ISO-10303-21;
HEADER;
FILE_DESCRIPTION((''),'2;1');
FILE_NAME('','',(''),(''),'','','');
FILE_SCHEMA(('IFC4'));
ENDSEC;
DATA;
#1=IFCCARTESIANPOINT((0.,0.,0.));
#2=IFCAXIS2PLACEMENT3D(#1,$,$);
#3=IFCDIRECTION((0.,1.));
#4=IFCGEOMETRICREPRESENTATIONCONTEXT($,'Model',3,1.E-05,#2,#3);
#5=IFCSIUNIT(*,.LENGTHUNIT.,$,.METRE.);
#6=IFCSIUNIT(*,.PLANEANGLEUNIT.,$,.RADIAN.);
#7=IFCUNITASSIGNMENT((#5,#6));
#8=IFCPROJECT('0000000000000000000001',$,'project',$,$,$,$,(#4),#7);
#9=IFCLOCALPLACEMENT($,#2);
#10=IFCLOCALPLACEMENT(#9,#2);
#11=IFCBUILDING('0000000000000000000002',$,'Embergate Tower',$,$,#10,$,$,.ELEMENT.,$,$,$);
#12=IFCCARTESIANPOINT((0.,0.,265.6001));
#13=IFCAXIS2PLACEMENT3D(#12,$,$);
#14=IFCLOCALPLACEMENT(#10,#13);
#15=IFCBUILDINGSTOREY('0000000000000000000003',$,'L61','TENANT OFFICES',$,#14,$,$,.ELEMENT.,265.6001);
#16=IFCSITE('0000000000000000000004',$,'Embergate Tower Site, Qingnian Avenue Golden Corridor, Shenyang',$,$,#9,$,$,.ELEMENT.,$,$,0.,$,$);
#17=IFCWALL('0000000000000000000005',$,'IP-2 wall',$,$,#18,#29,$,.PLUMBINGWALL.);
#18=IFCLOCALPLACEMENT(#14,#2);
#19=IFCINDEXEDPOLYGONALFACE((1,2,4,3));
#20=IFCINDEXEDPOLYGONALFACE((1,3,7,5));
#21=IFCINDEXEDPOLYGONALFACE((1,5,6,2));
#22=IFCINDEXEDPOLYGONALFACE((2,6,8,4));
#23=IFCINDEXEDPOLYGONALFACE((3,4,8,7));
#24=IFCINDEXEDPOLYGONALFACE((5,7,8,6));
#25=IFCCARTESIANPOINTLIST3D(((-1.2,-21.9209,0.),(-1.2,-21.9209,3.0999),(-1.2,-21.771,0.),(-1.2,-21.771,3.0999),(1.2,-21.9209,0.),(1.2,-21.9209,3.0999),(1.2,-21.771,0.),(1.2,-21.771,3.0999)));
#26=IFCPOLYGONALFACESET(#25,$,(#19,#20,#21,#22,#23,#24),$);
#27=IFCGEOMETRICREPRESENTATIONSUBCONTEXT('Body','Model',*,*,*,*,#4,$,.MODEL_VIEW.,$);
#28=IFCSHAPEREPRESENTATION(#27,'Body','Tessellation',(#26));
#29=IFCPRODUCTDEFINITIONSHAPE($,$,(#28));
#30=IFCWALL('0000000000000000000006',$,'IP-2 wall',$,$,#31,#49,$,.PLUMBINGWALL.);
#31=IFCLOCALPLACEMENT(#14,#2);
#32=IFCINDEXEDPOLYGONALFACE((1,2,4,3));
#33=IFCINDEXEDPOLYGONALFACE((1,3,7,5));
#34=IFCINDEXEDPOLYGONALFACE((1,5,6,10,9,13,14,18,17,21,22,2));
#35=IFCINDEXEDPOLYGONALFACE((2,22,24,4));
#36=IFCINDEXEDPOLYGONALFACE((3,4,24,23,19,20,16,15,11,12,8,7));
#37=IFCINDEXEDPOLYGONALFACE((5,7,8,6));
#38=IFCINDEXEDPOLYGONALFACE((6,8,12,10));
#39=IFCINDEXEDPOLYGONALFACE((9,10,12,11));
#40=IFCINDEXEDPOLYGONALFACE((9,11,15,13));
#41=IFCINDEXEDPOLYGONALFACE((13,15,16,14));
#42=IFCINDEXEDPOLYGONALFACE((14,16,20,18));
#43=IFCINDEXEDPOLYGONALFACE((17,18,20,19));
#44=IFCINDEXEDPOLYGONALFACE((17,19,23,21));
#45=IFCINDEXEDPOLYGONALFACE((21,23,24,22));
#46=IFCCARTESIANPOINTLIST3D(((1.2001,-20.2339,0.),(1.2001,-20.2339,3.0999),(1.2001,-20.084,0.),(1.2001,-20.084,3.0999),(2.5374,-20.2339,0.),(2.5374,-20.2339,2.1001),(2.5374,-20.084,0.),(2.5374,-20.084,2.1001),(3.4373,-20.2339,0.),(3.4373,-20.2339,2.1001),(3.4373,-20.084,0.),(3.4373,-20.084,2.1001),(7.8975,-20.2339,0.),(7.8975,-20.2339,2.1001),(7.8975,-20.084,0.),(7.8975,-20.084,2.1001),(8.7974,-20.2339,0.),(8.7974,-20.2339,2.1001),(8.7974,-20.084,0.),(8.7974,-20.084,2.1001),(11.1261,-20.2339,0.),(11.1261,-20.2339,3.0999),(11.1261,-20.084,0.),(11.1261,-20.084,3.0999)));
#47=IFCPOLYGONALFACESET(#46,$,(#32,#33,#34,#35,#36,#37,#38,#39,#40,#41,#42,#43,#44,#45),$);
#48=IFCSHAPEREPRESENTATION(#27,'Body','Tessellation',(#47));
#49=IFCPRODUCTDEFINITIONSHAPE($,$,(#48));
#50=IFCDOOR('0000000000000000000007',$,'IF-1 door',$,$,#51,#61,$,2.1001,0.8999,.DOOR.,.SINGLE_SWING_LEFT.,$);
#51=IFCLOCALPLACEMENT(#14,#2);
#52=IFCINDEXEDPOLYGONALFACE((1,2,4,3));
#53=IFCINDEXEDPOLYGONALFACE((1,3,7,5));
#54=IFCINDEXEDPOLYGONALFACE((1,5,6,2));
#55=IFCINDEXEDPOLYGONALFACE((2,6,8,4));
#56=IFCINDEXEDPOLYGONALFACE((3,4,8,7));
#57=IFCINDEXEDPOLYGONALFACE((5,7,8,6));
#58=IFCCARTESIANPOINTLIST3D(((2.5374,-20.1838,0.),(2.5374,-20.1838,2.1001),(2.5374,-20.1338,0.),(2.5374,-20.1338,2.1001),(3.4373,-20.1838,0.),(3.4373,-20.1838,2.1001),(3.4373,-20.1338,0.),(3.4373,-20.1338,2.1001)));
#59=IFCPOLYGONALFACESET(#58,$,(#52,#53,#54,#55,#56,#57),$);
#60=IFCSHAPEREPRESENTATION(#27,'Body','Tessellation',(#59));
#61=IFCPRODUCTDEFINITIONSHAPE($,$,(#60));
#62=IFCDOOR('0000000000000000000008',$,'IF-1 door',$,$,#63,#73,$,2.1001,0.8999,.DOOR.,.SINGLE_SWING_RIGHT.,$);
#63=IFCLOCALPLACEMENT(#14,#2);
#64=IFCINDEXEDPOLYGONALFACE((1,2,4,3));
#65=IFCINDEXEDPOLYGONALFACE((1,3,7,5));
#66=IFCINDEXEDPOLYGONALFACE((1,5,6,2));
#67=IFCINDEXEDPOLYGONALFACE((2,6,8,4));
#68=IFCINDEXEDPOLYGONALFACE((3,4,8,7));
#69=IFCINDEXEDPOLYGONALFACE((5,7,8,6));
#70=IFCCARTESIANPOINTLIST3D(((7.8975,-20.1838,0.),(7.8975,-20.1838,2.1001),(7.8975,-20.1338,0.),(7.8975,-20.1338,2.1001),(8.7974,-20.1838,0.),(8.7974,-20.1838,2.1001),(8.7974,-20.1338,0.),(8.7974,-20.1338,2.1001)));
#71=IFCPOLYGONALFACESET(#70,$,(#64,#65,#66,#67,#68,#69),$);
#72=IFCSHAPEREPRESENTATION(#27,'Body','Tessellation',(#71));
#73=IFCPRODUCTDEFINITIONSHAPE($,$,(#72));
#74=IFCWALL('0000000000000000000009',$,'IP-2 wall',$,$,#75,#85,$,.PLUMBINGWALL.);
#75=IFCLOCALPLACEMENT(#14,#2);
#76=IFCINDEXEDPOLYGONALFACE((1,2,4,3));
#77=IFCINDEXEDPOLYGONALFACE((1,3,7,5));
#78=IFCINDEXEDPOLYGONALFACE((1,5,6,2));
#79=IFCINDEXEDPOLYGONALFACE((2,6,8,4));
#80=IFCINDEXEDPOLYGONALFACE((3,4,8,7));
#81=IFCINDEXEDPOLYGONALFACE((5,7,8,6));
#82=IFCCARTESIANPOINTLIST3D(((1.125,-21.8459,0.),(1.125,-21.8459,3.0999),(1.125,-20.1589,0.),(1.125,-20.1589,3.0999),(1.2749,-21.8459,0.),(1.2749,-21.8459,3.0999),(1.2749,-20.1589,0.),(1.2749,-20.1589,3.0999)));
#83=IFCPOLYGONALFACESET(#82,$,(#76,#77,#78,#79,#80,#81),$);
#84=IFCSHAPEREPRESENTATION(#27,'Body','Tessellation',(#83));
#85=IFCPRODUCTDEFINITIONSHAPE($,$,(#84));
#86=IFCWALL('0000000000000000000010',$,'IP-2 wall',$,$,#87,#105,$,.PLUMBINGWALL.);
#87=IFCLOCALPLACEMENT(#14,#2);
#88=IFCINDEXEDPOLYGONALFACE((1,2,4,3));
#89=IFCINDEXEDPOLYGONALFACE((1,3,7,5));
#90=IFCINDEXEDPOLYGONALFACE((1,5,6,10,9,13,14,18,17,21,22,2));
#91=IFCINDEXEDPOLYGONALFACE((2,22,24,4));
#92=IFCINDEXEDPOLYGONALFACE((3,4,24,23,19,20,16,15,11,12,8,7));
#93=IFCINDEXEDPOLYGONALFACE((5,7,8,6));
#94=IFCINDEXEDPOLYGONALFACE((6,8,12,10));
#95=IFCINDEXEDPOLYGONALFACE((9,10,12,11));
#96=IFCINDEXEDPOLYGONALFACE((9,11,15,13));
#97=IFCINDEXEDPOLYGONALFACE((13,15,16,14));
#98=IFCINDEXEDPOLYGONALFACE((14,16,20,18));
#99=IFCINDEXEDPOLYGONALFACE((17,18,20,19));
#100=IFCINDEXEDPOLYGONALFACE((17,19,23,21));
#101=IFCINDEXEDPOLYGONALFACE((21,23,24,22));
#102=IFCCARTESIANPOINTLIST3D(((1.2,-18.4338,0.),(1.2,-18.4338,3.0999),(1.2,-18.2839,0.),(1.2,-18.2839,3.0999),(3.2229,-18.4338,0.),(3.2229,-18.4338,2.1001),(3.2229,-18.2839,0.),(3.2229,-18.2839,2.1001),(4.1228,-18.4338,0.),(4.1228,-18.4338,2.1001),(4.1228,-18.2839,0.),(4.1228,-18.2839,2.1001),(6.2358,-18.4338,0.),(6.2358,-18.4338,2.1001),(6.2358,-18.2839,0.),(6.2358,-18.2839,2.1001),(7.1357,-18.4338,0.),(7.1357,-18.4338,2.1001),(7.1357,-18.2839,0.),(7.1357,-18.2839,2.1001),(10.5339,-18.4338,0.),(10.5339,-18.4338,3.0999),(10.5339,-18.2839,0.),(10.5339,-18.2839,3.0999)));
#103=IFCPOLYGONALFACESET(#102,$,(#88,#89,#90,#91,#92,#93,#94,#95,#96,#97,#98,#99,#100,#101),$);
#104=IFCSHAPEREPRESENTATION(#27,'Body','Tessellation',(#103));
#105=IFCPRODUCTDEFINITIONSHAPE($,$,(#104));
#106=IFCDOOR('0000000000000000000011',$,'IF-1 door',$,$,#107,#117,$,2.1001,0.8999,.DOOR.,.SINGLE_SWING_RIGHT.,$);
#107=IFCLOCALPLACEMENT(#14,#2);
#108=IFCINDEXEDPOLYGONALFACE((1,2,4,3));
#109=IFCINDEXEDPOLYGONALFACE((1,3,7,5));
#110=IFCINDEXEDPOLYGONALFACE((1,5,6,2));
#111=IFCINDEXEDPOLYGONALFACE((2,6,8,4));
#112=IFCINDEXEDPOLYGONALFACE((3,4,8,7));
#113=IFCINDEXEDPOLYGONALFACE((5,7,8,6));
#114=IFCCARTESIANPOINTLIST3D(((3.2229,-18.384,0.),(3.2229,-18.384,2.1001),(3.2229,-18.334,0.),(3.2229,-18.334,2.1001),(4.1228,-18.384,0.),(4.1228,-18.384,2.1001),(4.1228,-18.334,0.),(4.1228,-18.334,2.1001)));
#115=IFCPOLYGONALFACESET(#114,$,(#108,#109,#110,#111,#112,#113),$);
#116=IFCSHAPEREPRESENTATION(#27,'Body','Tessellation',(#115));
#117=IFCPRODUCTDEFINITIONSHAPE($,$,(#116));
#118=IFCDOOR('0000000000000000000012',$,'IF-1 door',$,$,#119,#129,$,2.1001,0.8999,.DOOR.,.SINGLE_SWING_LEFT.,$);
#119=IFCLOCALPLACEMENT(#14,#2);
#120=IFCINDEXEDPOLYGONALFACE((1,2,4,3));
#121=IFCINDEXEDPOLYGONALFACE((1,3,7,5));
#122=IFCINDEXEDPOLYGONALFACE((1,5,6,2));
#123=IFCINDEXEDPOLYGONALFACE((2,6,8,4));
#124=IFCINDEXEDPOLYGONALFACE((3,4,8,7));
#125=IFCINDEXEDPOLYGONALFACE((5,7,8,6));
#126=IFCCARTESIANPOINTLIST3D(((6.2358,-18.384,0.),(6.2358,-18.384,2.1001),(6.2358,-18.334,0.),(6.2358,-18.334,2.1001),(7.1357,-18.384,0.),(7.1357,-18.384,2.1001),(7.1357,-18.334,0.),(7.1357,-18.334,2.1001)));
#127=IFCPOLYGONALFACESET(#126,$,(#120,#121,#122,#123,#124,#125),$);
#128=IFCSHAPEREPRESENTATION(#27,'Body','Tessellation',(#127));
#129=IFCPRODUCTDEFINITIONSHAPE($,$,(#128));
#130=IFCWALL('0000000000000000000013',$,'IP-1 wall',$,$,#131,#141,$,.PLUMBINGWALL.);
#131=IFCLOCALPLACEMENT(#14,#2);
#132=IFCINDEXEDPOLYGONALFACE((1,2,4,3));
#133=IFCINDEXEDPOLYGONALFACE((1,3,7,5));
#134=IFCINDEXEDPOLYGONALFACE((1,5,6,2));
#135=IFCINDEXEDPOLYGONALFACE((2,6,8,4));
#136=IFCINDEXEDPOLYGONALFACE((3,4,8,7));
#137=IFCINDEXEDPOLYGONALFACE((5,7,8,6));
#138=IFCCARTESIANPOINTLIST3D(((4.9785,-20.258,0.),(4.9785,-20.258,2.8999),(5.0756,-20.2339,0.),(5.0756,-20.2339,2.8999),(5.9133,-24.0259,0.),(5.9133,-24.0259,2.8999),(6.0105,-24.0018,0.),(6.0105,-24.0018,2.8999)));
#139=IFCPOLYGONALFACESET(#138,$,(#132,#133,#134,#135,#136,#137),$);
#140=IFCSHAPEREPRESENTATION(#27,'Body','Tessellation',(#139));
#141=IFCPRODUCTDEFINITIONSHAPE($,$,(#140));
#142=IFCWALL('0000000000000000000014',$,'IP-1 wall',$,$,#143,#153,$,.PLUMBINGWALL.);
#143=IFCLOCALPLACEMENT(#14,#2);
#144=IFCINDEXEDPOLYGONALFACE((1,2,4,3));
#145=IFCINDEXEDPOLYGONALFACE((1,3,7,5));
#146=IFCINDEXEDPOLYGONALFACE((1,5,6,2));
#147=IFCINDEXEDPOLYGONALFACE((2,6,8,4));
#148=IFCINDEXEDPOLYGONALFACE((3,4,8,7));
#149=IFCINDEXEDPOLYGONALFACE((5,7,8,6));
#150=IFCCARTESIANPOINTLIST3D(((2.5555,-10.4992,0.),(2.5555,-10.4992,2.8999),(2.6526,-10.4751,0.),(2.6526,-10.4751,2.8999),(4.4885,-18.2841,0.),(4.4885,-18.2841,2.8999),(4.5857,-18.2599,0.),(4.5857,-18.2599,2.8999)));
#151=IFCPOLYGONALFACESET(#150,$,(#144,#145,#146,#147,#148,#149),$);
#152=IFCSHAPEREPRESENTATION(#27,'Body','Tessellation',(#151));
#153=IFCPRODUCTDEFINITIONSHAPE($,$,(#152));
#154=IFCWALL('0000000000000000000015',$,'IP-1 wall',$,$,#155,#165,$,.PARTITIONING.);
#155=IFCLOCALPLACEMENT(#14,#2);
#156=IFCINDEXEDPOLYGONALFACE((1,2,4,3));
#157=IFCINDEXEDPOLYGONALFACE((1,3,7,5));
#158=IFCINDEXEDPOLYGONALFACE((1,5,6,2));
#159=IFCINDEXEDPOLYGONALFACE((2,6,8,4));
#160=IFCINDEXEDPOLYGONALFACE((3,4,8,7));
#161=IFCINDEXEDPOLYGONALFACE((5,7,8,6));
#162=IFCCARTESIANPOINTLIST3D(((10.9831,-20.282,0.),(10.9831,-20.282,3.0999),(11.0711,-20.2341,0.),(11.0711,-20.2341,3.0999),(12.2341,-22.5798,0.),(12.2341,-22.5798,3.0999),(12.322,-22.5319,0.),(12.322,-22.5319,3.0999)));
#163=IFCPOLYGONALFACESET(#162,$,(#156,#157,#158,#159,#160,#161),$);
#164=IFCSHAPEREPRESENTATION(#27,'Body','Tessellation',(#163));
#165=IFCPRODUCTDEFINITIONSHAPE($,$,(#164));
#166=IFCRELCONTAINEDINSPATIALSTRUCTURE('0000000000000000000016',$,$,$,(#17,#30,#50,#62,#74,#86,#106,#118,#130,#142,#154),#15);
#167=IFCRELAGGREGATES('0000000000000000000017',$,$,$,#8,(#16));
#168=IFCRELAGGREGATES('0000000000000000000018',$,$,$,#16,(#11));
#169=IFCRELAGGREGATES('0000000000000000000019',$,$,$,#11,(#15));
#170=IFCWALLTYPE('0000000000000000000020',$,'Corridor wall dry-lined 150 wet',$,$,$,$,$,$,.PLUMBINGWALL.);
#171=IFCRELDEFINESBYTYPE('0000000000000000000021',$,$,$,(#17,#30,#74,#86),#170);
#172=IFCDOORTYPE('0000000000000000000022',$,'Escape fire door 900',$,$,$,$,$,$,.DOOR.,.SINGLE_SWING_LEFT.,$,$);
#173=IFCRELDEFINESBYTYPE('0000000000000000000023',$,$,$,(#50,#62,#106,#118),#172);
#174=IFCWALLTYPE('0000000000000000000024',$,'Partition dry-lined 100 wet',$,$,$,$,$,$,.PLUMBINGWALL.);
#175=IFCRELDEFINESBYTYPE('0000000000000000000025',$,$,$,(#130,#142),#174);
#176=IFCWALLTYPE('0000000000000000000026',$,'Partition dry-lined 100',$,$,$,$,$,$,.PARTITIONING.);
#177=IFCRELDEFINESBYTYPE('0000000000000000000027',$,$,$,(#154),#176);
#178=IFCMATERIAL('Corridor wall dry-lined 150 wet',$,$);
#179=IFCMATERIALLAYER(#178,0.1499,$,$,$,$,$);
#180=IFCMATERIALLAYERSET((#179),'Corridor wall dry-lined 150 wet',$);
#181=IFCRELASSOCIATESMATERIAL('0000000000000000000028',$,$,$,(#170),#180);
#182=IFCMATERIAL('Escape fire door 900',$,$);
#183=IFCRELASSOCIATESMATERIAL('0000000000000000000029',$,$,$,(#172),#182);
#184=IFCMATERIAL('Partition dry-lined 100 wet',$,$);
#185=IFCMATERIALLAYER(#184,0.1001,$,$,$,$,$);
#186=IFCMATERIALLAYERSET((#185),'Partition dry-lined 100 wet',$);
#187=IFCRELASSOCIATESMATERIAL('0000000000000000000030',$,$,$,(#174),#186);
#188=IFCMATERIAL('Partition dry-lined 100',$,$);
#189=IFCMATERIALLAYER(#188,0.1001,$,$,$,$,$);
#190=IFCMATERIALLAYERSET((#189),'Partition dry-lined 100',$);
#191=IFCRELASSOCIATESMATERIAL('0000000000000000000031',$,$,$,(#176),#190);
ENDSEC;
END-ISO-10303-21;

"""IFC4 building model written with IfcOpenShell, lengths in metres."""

from ifc_helpers import new_model, si_unit, direction, frame, frame_2d, origin, place, context, subcontext, project, spatial, rectangle, extrude, source, transform, mapped, material, layer, layer_set, type_object, element, fill, save


model = new_model("IFC4")

# Units and contexts
model_context = context("Model", 3, precision=1e-05, world=origin(), true_north=direction((0.0, 1.0)))
body_context = subcontext(model_context, "Body", "Model", "MODEL_VIEW")
ifc_project = project(units=[si_unit("LENGTHUNIT", "METRE"), si_unit("PLANEANGLEUNIT", "RADIAN")], contexts=[model_context])

# Site, building, storey
site_placement = place(None, origin())
site = spatial("IfcSite", under=ifc_project, at=site_placement, Name="Embergate Tower Site, Qingnian Avenue Golden Corridor, Shenyang", CompositionType="ELEMENT", RefElevation=0.0)
building_placement = place(site_placement, origin())
building = spatial("IfcBuilding", under=site, at=building_placement, Name="Embergate Tower", CompositionType="ELEMENT")
storey_placement = place(building_placement, frame((0.0, 0.0, 265.6001)))
storey = spatial("IfcBuildingStorey", under=building, at=storey_placement, Name="L61", Description="TENANT OFFICES", CompositionType="ELEMENT", Elevation=265.6001)

# Wall
ifc_material_1 = material(Name="Corridor wall dry-lined 150 wet")
ifc_layer_1 = layer(ifc_material_1, 0.1499)
ifc_layer_set_1 = layer_set([ifc_layer_1], Name="Corridor wall dry-lined 150 wet")
wall_type_1 = type_object("IfcWallType", Name="Corridor wall dry-lined 150 wet", PredefinedType="PLUMBINGWALL", material=ifc_layer_set_1)
shared_shape_1 = source(origin(), body_context, "Body", "SweptSolid", [
    extrude(rectangle(XDim=2.3999, YDim=0.1499, at=frame_2d((1.2, 0.0))), origin(), (0.0, 0.0, 1.0), 3.0999),
])
wall_1_placement = place(storey_placement, frame((1.2, -21.8459, 0.0), z_axis=(0.0, 0.0, 1.0), x_axis=(-1.0, 0.0, 0.0)))
element("IfcWall", 1, at=wall_1_placement, inside=storey, type_object=wall_type_1, Name="IP-2 wall", PredefinedType="PLUMBINGWALL", context=body_context, shape_type="MappedRepresentation", body=[
    mapped(shared_shape_1, transform((0.0, 0.0, 0.0))),
])

# Wall, openings, doors
shared_shape_2 = source(origin(), body_context, "Body", "SweptSolid", [
    extrude(rectangle(XDim=9.926, YDim=0.1499, at=frame_2d((4.9629, 0.0))), origin(), (0.0, 0.0, 1.0), 3.0999),
])
wall_2_placement = place(storey_placement, frame((11.126, -20.1589, 0.0), z_axis=(0.0, 0.0, 1.0), x_axis=(-1.0, 0.0, 0.0)))
wall_2 = element("IfcWall", 2, at=wall_2_placement, inside=storey, type_object=wall_type_1, Name="IP-2 wall", PredefinedType="PLUMBINGWALL", context=body_context, shape_type="MappedRepresentation", body=[
    mapped(shared_shape_2, transform((0.0, 0.0, 0.0))),
])
shared_shape_3 = source(origin(), body_context, "Body", "SweptSolid", [
    extrude(rectangle(XDim=0.8999, YDim=2.1001, at=frame_2d((0.45, 1.05))), frame((0.0, 0.085, 0.0), z_axis=(0.0, -1.0, 0.0), x_axis=(1.0, 0.0, 0.0)), (0.0, 0.0, 1.0), 0.1699),
])
opening_1_placement = place(wall_2_placement, frame((7.6887, 0.0, 0.0)))
opening_1 = element("IfcOpeningElement", 3, at=opening_1_placement, cuts=wall_2, PredefinedType="OPENING", context=body_context, shape_type="MappedRepresentation", body=[
    mapped(shared_shape_3, transform((0.0, 0.0, 0.0))),
])
opening_2_placement = place(wall_2_placement, frame((2.3286, 0.0, 0.0)))
opening_2 = element("IfcOpeningElement", 4, at=opening_2_placement, cuts=wall_2, PredefinedType="OPENING", context=body_context, shape_type="MappedRepresentation", body=[
    mapped(shared_shape_3, transform((0.0, 0.0, 0.0))),
])
ifc_material_2 = material(Name="Escape fire door 900")
door_type = type_object("IfcDoorType", Name="Escape fire door 900", OperationType="SINGLE_SWING_LEFT", PredefinedType="DOOR", material=ifc_material_2)
shared_shape_4 = source(origin(), body_context, "Body", "SweptSolid", [
    extrude(rectangle(XDim=0.8999, YDim=2.1001, at=frame_2d((0.45, 1.05))), frame((0.0, 0.0249, 0.0), z_axis=(0.0, -1.0, 0.0), x_axis=(1.0, 0.0, 0.0)), (0.0, 0.0, 1.0), 0.05),
])
door_1_placement = place(opening_1_placement, origin())
door_1 = element("IfcDoor", 5, at=door_1_placement, inside=storey, type_object=door_type, Name="IF-1 door", OperationType="SINGLE_SWING_LEFT", OverallHeight=2.1001, OverallWidth=0.8999, PredefinedType="DOOR", context=body_context, shape_type="MappedRepresentation", body=[
    mapped(shared_shape_4, transform((0.0, 0.0, 0.0))),
])
fill(opening_1, door_1)
door_2_placement = place(opening_2_placement, origin())
door_2 = element("IfcDoor", 6, at=door_2_placement, inside=storey, type_object=door_type, Name="IF-1 door", OperationType="SINGLE_SWING_RIGHT", OverallHeight=2.1001, OverallWidth=0.8999, PredefinedType="DOOR", context=body_context, shape_type="MappedRepresentation", body=[
    mapped(shared_shape_4, transform((0.0, 0.0, 0.0))),
])
fill(opening_2, door_2)

# Wall
shared_shape_5 = source(origin(), body_context, "Body", "SweptSolid", [
    extrude(rectangle(XDim=1.687, YDim=0.1499, at=frame_2d((0.8435, 0.0))), origin(), (0.0, 0.0, 1.0), 3.0999),
])
wall_3_placement = place(storey_placement, frame((1.2, -20.1589, 0.0), z_axis=(0.0, 0.0, 1.0), x_axis=(0.0, -1.0, 0.0)))
element("IfcWall", 7, at=wall_3_placement, inside=storey, type_object=wall_type_1, Name="IP-2 wall", PredefinedType="PLUMBINGWALL", context=body_context, shape_type="MappedRepresentation", body=[
    mapped(shared_shape_5, transform((0.0, 0.0, 0.0))),
])

# Wall, openings, doors
shared_shape_6 = source(origin(), body_context, "Body", "SweptSolid", [
    extrude(rectangle(XDim=9.334, YDim=0.1499, at=frame_2d((4.667, 0.0))), origin(), (0.0, 0.0, 1.0), 3.0999),
])
wall_4_placement = place(storey_placement, frame((1.2, -18.3589, 0.0), z_axis=(0.0, 0.0, 1.0), x_axis=(1.0, 0.0, 0.0)))
wall_4 = element("IfcWall", 8, at=wall_4_placement, inside=storey, type_object=wall_type_1, Name="IP-2 wall", PredefinedType="PLUMBINGWALL", context=body_context, shape_type="MappedRepresentation", body=[
    mapped(shared_shape_6, transform((0.0, 0.0, 0.0))),
])
opening_3_placement = place(wall_4_placement, frame((2.0229, 0.0, 0.0)))
opening_3 = element("IfcOpeningElement", 9, at=opening_3_placement, cuts=wall_4, PredefinedType="OPENING", context=body_context, shape_type="MappedRepresentation", body=[
    mapped(shared_shape_3, transform((0.0, 0.0, 0.0))),
])
opening_4_placement = place(wall_4_placement, frame((5.0359, 0.0, 0.0)))
opening_4 = element("IfcOpeningElement", 10, at=opening_4_placement, cuts=wall_4, PredefinedType="OPENING", context=body_context, shape_type="MappedRepresentation", body=[
    mapped(shared_shape_3, transform((0.0, 0.0, 0.0))),
])
door_3_placement = place(opening_3_placement, origin())
door_3 = element("IfcDoor", 11, at=door_3_placement, inside=storey, type_object=door_type, Name="IF-1 door", OperationType="SINGLE_SWING_RIGHT", OverallHeight=2.1001, OverallWidth=0.8999, PredefinedType="DOOR", context=body_context, shape_type="MappedRepresentation", body=[
    mapped(shared_shape_4, transform((0.0, 0.0, 0.0))),
])
fill(opening_3, door_3)
door_4_placement = place(opening_4_placement, origin())
door_4 = element("IfcDoor", 12, at=door_4_placement, inside=storey, type_object=door_type, Name="IF-1 door", OperationType="SINGLE_SWING_LEFT", OverallHeight=2.1001, OverallWidth=0.8999, PredefinedType="DOOR", context=body_context, shape_type="MappedRepresentation", body=[
    mapped(shared_shape_4, transform((0.0, 0.0, 0.0))),
])
fill(opening_4, door_4)

# Walls
ifc_material_3 = material(Name="Partition dry-lined 100 wet")
ifc_layer_2 = layer(ifc_material_3, 0.1001)
ifc_layer_set_2 = layer_set([ifc_layer_2], Name="Partition dry-lined 100 wet")
wall_type_2 = type_object("IfcWallType", Name="Partition dry-lined 100 wet", PredefinedType="PLUMBINGWALL", material=ifc_layer_set_2)
shared_shape_7 = source(origin(), body_context, "Body", "SweptSolid", [
    extrude(rectangle(XDim=3.8821, YDim=0.1001, at=frame_2d((1.9409, 0.0))), origin(), (0.0, 0.0, 1.0), 2.8999),
])
wall_5_placement = place(storey_placement, frame((5.0271, -20.2461, 0.0), z_axis=(0.0, 0.0, 1.0), x_axis=(0.240804, -0.970574, 0.0)))
element("IfcWall", 13, at=wall_5_placement, inside=storey, type_object=wall_type_2, Name="IP-1 wall", PredefinedType="PLUMBINGWALL", context=body_context, shape_type="MappedRepresentation", body=[
    mapped(shared_shape_7, transform((0.0, 0.0, 0.0))),
])
shared_shape_8 = source(origin(), body_context, "Body", "SweptSolid", [
    extrude(rectangle(XDim=8.0212, YDim=0.1001, at=frame_2d((4.0107, 0.0))), origin(), (0.0, 0.0, 1.0), 2.8999),
])
wall_6_placement = place(storey_placement, frame((2.604, -10.4871, 0.0), z_axis=(0.0, 0.0, 1.0), x_axis=(0.240996, -0.970526, 0.0)))
element("IfcWall", 14, at=wall_6_placement, inside=storey, type_object=wall_type_2, Name="IP-1 wall", PredefinedType="PLUMBINGWALL", context=body_context, shape_type="MappedRepresentation", body=[
    mapped(shared_shape_8, transform((0.0, 0.0, 0.0))),
])
ifc_material_4 = material(Name="Partition dry-lined 100")
ifc_layer_3 = layer(ifc_material_4, 0.1001)
ifc_layer_set_3 = layer_set([ifc_layer_3], Name="Partition dry-lined 100")
wall_type_3 = type_object("IfcWallType", Name="Partition dry-lined 100", PredefinedType="PARTITIONING", material=ifc_layer_set_3)
shared_shape_9 = source(origin(), body_context, "Body", "SweptSolid", [
    extrude(rectangle(XDim=2.6162, YDim=0.1001, at=frame_2d((1.3081, 0.0))), origin(), (0.0, 0.0, 1.0), 3.0999),
])
wall_7_placement = place(storey_placement, frame((11.0271, -20.2581, 0.0), z_axis=(0.0, 0.0, 1.0), x_axis=(0.478146, -0.87828, 0.0)))
element("IfcWall", 15, at=wall_7_placement, inside=storey, type_object=wall_type_3, Name="IP-1 wall", PredefinedType="PARTITIONING", context=body_context, shape_type="MappedRepresentation", body=[
    mapped(shared_shape_9, transform((0.0, 0.0, 0.0))),
])

save(model, "model.ifc")
